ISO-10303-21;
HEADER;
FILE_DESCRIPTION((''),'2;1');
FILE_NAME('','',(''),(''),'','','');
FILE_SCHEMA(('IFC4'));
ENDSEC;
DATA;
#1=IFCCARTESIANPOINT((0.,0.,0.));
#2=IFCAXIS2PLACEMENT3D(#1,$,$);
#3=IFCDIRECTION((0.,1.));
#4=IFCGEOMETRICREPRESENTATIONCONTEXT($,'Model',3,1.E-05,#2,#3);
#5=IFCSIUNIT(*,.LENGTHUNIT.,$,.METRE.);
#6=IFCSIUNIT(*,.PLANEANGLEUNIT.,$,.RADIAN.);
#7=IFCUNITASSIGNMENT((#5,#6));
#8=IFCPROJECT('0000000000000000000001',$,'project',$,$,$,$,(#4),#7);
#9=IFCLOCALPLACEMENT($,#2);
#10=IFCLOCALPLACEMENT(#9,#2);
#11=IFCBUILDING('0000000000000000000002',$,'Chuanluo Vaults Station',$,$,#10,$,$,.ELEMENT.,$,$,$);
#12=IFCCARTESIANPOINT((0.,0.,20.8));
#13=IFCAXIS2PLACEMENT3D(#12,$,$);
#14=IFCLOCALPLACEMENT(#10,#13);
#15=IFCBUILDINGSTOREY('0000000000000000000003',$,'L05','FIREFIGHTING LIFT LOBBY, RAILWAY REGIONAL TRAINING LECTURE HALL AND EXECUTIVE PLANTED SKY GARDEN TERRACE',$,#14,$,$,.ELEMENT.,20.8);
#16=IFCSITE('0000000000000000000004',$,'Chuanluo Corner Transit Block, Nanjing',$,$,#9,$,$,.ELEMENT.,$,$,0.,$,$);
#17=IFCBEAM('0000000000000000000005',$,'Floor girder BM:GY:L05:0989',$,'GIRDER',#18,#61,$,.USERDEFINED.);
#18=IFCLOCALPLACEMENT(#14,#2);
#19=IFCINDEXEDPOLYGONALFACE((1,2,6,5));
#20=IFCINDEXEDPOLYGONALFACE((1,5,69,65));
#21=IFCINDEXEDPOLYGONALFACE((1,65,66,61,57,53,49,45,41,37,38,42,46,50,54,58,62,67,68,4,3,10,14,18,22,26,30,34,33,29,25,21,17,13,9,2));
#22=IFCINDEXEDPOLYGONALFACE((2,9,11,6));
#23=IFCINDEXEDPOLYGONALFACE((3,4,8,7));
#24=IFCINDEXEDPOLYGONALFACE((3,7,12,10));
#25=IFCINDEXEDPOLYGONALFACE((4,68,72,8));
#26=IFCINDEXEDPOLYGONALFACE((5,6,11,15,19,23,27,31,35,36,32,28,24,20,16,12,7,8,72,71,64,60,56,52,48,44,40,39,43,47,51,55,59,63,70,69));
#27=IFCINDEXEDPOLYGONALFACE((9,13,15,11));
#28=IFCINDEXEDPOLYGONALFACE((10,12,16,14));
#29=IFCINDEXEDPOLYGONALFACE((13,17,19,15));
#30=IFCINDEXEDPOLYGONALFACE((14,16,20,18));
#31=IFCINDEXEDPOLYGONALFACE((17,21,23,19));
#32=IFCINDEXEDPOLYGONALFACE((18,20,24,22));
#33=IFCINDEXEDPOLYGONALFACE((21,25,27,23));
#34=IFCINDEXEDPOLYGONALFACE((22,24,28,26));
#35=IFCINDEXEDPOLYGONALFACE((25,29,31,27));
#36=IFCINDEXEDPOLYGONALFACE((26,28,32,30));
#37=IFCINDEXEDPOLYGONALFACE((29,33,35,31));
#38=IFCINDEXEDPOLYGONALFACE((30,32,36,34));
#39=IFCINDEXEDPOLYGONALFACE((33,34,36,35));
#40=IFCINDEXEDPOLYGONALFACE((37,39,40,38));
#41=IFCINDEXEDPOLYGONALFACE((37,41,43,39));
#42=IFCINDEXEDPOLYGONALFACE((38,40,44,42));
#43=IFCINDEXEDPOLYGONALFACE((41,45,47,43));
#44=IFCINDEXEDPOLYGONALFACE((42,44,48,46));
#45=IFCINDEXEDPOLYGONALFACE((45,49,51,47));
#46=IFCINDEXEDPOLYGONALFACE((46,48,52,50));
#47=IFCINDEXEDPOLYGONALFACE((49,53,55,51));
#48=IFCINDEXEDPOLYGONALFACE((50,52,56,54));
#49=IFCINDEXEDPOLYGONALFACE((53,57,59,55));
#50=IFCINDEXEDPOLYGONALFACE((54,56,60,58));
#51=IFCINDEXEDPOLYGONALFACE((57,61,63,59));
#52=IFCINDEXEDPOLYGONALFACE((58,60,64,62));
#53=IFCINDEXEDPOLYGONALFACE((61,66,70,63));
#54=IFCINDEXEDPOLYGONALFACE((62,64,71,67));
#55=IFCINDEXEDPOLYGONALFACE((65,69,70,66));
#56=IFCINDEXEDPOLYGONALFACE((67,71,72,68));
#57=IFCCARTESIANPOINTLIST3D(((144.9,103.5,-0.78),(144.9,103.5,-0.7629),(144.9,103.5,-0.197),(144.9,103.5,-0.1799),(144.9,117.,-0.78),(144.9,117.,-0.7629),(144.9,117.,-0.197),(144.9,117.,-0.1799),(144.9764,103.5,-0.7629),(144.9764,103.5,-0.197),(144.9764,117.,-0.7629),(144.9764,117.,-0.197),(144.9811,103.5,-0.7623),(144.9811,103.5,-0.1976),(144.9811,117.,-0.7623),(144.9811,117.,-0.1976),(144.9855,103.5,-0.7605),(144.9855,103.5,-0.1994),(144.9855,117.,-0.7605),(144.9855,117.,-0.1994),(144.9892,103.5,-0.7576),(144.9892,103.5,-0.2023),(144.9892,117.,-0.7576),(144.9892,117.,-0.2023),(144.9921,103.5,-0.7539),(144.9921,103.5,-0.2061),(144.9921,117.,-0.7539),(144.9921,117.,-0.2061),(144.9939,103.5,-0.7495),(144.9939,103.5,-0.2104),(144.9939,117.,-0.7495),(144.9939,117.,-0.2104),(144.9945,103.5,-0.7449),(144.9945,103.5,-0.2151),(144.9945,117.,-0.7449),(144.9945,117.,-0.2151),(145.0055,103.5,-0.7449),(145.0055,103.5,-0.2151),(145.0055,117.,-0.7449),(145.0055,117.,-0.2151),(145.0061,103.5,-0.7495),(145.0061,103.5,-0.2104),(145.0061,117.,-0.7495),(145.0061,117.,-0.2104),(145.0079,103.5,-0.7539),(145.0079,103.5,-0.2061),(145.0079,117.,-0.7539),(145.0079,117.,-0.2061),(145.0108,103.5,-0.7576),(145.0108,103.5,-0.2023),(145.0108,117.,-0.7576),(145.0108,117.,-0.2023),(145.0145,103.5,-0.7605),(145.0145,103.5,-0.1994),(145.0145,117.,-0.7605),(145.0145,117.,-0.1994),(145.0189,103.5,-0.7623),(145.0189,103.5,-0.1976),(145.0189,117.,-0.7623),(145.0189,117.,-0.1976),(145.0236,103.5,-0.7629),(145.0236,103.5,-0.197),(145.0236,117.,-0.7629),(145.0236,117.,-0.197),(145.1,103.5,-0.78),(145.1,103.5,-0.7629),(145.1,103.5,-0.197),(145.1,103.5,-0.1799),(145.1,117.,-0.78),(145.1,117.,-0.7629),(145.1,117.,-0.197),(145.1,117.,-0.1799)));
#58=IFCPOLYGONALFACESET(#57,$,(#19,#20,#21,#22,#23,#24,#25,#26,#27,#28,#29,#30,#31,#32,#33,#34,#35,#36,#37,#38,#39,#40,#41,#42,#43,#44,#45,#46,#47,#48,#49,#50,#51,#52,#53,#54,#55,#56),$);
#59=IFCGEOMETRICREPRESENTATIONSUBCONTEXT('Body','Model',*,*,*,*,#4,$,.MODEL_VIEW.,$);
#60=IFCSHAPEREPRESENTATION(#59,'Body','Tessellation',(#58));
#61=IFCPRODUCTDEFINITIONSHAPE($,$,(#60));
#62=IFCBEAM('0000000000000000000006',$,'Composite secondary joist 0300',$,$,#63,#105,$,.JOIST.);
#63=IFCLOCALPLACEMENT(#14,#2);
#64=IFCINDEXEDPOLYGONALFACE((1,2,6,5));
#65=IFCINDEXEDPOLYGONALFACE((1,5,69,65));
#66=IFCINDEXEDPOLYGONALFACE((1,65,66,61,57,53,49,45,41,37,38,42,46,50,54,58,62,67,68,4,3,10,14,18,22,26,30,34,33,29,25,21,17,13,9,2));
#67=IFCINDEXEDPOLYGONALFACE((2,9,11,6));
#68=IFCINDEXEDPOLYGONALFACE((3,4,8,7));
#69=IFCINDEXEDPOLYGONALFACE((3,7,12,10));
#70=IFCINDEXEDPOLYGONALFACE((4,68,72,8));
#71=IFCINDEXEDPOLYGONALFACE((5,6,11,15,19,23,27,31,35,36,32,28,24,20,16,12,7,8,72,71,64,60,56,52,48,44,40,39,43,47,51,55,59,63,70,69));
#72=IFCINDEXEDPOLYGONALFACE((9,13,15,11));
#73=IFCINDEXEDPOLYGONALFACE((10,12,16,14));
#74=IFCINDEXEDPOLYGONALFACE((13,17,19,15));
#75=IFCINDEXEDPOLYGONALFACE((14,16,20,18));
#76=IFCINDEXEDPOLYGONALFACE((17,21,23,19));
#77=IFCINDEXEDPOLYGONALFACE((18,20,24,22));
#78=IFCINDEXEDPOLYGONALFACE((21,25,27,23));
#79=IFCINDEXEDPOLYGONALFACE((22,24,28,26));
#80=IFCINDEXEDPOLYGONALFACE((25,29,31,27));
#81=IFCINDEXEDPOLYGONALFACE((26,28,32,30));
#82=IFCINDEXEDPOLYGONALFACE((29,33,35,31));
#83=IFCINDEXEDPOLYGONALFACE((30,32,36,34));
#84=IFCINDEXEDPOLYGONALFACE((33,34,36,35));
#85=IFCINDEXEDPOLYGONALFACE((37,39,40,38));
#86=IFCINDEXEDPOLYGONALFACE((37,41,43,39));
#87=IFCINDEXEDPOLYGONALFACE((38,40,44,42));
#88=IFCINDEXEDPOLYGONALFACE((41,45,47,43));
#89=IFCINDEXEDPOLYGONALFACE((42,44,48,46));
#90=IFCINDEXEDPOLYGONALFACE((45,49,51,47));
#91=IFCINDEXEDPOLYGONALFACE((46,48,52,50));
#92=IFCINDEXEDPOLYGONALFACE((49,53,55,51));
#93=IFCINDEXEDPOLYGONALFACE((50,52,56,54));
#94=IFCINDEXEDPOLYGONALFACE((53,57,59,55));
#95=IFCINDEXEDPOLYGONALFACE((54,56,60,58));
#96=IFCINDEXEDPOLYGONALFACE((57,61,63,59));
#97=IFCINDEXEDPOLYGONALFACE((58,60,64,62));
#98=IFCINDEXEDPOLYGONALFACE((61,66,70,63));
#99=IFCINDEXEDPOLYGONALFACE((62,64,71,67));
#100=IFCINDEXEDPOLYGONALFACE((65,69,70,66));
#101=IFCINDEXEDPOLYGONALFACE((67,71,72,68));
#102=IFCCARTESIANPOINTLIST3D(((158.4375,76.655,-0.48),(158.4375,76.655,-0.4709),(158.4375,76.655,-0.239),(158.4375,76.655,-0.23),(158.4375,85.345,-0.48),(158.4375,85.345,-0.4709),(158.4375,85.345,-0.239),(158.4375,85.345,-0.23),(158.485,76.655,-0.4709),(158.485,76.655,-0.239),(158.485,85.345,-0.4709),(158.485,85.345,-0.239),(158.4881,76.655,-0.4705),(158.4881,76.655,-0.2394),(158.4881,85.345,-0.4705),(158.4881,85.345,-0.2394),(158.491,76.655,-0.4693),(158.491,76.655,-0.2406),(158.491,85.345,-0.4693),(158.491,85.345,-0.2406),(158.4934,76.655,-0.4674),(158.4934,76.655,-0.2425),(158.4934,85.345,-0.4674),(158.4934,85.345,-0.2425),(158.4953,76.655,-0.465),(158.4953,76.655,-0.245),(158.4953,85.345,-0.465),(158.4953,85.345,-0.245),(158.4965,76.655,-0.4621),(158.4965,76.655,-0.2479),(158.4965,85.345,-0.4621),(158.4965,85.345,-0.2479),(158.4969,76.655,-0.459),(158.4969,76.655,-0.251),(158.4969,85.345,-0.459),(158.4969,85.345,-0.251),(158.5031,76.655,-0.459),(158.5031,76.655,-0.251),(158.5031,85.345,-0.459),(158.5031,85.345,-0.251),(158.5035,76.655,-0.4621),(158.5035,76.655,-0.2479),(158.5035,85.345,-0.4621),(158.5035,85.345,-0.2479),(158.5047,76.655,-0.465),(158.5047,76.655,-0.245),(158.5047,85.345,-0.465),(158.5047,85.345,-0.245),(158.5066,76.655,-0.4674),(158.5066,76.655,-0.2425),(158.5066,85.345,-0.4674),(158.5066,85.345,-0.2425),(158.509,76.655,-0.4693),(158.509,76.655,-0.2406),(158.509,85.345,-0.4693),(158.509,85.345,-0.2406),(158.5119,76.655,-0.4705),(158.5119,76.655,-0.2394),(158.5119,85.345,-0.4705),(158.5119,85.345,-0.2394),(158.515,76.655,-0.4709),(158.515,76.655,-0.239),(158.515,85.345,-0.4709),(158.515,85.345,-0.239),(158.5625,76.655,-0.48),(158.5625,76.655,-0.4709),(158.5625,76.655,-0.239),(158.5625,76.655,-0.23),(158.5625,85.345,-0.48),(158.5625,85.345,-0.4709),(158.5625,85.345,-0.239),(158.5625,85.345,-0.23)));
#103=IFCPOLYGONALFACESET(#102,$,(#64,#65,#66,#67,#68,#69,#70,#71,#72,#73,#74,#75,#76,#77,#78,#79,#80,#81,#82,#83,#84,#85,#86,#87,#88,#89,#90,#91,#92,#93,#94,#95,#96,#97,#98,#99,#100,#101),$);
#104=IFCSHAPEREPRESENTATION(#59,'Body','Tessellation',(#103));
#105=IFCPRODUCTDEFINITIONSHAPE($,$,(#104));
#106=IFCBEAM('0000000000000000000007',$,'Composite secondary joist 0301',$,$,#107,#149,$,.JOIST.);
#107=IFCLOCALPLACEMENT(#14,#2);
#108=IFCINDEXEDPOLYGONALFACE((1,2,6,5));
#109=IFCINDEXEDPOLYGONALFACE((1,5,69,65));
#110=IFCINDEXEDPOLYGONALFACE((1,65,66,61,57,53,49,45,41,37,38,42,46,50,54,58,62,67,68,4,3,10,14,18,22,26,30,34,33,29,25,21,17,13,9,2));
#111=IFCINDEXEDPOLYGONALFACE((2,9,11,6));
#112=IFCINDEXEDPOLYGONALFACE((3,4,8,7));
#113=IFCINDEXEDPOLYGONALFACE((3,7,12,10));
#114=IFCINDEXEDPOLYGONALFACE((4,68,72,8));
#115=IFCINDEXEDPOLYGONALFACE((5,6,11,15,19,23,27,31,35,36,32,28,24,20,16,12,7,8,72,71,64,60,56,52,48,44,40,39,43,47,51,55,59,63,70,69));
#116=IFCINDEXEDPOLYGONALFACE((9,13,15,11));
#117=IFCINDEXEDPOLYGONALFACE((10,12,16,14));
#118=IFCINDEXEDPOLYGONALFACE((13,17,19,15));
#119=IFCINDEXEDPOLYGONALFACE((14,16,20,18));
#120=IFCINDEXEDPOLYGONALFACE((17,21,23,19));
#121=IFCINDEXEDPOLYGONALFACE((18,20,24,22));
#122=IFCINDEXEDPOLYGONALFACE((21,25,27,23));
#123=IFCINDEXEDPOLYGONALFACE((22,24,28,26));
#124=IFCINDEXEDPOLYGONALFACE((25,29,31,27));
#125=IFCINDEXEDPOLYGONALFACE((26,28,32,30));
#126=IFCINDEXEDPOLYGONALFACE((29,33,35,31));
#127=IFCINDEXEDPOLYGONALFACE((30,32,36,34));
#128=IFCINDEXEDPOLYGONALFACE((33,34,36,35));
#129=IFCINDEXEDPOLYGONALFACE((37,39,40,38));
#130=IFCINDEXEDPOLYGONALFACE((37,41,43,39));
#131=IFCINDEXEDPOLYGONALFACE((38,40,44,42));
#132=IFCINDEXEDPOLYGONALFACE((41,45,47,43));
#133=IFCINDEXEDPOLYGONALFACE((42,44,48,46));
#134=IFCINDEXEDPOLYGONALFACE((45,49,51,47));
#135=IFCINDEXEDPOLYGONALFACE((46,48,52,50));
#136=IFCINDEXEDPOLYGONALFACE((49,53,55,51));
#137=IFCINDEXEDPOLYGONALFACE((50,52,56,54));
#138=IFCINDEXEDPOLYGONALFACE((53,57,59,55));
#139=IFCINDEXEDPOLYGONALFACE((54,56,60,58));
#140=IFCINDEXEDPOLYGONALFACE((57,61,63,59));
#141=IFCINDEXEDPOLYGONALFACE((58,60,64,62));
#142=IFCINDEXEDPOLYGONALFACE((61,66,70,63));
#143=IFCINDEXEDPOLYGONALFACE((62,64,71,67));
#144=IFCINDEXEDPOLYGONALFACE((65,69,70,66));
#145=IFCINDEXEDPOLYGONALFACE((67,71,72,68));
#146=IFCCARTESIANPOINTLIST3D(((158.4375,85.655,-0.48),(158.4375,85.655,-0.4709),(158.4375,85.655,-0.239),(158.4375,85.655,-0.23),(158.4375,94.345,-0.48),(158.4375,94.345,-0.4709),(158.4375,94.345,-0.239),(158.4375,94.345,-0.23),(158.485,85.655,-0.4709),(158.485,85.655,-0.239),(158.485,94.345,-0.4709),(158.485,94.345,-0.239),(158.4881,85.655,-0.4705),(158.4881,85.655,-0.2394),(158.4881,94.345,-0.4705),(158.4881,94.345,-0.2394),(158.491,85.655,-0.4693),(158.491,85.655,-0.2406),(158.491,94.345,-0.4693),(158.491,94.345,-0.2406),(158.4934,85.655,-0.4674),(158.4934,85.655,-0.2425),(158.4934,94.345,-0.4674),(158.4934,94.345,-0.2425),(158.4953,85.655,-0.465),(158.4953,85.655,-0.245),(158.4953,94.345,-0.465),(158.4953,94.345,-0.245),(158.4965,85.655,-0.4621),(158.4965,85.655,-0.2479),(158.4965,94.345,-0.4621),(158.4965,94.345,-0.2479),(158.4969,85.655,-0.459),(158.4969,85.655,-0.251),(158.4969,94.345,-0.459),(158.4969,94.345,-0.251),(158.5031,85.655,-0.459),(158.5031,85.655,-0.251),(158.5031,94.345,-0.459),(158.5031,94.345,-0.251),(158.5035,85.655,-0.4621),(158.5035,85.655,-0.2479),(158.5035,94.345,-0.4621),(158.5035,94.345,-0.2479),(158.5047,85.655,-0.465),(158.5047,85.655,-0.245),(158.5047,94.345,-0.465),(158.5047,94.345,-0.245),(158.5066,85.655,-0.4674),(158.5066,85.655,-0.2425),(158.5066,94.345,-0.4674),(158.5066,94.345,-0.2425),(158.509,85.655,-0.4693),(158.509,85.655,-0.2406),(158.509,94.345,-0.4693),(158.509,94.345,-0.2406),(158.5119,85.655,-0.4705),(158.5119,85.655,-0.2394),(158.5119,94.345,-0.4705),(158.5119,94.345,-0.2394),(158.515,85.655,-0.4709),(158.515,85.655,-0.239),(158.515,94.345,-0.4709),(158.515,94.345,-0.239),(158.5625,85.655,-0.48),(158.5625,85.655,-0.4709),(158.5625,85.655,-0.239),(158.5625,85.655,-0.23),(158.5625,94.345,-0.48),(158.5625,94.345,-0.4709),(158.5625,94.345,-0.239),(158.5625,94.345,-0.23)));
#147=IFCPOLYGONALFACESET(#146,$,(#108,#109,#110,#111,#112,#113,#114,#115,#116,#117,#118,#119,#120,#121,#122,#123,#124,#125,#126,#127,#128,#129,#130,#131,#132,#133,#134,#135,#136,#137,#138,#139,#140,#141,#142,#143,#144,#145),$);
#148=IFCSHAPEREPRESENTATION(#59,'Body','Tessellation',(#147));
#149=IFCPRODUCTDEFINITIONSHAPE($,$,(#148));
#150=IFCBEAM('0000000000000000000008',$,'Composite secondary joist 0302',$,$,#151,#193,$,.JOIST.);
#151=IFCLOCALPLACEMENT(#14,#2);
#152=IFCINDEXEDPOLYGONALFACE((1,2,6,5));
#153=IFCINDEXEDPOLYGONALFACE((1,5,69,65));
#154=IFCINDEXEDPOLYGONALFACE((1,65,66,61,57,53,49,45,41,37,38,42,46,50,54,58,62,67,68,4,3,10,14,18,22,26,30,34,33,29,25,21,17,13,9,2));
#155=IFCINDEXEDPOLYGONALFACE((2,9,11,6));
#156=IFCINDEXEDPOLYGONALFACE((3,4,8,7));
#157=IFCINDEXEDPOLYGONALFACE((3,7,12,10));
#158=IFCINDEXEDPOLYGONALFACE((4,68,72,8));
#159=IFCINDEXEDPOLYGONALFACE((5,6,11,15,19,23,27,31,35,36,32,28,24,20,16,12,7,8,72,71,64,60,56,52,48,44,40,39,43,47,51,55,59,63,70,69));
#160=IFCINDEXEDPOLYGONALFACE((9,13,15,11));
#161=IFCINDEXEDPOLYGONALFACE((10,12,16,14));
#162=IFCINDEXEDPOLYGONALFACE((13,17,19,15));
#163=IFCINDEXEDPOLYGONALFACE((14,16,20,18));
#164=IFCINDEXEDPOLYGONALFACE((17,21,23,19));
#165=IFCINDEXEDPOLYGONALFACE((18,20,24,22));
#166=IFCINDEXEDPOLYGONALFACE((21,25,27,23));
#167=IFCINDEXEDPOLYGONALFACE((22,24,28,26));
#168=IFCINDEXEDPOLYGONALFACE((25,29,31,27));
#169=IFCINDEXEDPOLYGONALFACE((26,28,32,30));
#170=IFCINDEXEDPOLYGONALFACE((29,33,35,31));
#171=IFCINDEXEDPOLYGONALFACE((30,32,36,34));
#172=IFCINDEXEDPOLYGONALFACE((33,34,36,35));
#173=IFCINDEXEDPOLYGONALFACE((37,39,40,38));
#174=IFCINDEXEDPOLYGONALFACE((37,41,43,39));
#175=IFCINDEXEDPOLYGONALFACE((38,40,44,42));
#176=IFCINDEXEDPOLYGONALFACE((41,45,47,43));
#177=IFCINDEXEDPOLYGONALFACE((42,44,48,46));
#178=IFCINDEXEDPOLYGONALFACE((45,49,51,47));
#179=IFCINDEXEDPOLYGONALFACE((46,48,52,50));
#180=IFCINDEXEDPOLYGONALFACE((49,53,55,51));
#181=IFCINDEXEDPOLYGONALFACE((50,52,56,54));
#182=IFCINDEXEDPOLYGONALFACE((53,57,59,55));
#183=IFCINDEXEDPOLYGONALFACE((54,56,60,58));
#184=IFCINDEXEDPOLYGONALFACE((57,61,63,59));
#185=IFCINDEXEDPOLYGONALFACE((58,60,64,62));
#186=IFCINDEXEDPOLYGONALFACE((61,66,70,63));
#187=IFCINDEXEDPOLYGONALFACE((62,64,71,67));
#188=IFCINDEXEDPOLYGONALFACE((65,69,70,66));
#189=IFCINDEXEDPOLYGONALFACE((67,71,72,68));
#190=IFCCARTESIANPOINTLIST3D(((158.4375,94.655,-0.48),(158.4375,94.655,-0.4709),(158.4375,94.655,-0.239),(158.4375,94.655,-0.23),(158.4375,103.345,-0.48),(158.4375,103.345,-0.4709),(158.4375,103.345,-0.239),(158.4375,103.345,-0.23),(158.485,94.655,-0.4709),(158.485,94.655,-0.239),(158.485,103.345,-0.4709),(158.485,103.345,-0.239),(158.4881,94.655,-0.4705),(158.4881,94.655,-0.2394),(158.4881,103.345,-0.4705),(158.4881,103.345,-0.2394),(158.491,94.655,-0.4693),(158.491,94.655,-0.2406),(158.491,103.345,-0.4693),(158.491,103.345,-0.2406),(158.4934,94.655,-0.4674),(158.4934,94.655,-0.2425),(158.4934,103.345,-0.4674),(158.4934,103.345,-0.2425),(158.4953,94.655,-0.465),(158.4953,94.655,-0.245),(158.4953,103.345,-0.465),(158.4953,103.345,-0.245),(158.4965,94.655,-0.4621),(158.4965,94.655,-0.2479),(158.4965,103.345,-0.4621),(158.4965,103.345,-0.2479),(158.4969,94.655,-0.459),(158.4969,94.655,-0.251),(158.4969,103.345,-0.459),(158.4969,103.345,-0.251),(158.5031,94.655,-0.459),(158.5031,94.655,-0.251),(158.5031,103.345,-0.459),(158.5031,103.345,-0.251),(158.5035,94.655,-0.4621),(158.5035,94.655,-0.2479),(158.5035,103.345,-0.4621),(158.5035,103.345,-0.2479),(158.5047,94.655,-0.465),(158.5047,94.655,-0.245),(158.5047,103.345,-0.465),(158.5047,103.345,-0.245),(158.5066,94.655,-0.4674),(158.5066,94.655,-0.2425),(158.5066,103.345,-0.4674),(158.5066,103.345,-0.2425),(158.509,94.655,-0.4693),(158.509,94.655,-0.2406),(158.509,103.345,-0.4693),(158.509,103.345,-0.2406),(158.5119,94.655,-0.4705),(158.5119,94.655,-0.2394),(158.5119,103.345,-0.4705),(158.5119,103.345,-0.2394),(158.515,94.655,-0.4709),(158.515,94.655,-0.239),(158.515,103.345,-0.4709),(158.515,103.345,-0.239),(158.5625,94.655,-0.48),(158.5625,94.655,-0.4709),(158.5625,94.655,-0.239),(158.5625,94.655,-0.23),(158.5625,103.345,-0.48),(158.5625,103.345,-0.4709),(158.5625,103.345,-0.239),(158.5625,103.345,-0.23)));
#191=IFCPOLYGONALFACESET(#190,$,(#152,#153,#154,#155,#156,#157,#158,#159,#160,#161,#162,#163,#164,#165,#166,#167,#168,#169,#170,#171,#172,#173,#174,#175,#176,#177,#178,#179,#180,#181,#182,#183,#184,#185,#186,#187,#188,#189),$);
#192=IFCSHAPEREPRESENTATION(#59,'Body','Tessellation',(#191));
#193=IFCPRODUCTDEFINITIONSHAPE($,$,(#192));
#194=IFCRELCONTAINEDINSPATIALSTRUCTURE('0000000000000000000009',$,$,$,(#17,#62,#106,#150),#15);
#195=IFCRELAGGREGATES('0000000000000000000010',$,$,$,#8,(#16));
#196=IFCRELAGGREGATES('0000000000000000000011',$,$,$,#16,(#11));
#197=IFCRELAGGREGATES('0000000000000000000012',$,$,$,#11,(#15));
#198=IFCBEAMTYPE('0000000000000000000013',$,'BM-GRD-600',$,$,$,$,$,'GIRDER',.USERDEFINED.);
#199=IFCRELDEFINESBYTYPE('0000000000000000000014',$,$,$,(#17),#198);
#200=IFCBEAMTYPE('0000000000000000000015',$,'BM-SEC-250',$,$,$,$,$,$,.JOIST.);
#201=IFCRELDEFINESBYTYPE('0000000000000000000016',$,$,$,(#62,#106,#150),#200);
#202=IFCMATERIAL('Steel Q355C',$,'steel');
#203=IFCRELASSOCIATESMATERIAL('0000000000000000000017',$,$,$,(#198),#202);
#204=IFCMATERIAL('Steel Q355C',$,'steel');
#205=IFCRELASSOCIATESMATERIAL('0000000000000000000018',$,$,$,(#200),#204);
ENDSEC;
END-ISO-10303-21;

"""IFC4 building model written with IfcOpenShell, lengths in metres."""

from ifc_helpers import new_model, si_unit, direction, frame, origin, origin_2d, place, context, subcontext, project, spatial, i_section, extrude, material, material_profile, profile_set, type_object, element, save


model = new_model("IFC4")

# Units and contexts
model_context = context("Model", 3, precision=1e-05, world=origin(), true_north=direction((0.0, 1.0)))
body_context = subcontext(model_context, "Body", "Model", "MODEL_VIEW")
ifc_project = project(units=[si_unit("LENGTHUNIT", "METRE"), si_unit("PLANEANGLEUNIT", "RADIAN")], contexts=[model_context])

# Site, building, storey
site_placement = place(None, origin())
site = spatial("IfcSite", under=ifc_project, at=site_placement, Name="Chuanluo Corner Transit Block, Nanjing", CompositionType="ELEMENT", RefElevation=0.0)
building_placement = place(site_placement, origin())
building = spatial("IfcBuilding", under=site, at=building_placement, Name="Chuanluo Vaults Station", CompositionType="ELEMENT")
storey_placement = place(building_placement, frame((0.0, 0.0, 20.8)))
storey = spatial("IfcBuildingStorey", under=building, at=storey_placement, Name="L05", Description="FIREFIGHTING LIFT LOBBY, RAILWAY REGIONAL TRAINING LECTURE HALL AND EXECUTIVE PLANTED SKY GARDEN TERRACE", CompositionType="ELEMENT", Elevation=20.8)

# Beams
ifc_material_1 = material(Name="Steel Q355C", Category="steel")
ifc_material_profile_1 = material_profile(ifc_material_1, i_section(OverallWidth=0.2, OverallDepth=0.6001, WebThickness=0.011, FlangeThickness=0.0171, FilletRadius=0.0181, at=origin_2d()))
ifc_profile_set_1 = profile_set([ifc_material_profile_1], Name="Steel Q355C")
beam_type_1 = type_object("IfcBeamType", Name="BM-GRD-600", ElementType="GIRDER", PredefinedType="USERDEFINED", material=ifc_profile_set_1)
beam_placement = place(storey_placement, frame((145.0, 103.5, -0.48), z_axis=(0.0, 1.0, 0.0), x_axis=(-1.0, 0.0, 0.0)))
element("IfcBeam", 1, at=beam_placement, inside=storey, type_object=beam_type_1, Name="Floor girder BM:GY:L05:0989", ObjectType="GIRDER", PredefinedType="USERDEFINED", context=body_context, shape_type="SweptSolid", body=[
    extrude(i_section(OverallWidth=0.2, OverallDepth=0.6001, WebThickness=0.011, FlangeThickness=0.0171, FilletRadius=0.0181, at=origin_2d()), origin(), (0.0, 0.0, 1.0), 13.5),
])
ifc_material_2 = material(Name="Steel Q355C", Category="steel")
ifc_material_profile_2 = material_profile(ifc_material_2, i_section(OverallWidth=0.125, OverallDepth=0.25, WebThickness=0.0061, FlangeThickness=0.009, FilletRadius=0.012, at=origin_2d()))
ifc_profile_set_2 = profile_set([ifc_material_profile_2], Name="Steel Q355C")
beam_type_2 = type_object("IfcBeamType", Name="BM-SEC-250", PredefinedType="JOIST", material=ifc_profile_set_2)
for number, where, z_axis, x_axis, name in (
    (2, (158.5, 76.655, -0.355), (0.0, 1.0, 0.0), (-1.0, 0.0, 0.0), "Composite secondary joist 0300"),
    (3, (158.5, 85.655, -0.355), (0.0, 1.0, 0.0), (-1.0, 0.0, 0.0), "Composite secondary joist 0301"),
    (4, (158.5, 94.655, -0.355), (0.0, 1.0, 0.0), (-1.0, 0.0, 0.0), "Composite secondary joist 0302"),
):
    element("IfcBeam", number, at=place(storey_placement, frame(where, z_axis=z_axis, x_axis=x_axis)), inside=storey, type_object=beam_type_2, Name=name, PredefinedType="JOIST", context=body_context, shape_type="SweptSolid", body=[
        extrude(i_section(OverallWidth=0.125, OverallDepth=0.25, WebThickness=0.0061, FlangeThickness=0.009, FilletRadius=0.012, at=origin_2d()), origin(), (0.0, 0.0, 1.0), 8.6899),
    ])

save(model, "model.ifc")
